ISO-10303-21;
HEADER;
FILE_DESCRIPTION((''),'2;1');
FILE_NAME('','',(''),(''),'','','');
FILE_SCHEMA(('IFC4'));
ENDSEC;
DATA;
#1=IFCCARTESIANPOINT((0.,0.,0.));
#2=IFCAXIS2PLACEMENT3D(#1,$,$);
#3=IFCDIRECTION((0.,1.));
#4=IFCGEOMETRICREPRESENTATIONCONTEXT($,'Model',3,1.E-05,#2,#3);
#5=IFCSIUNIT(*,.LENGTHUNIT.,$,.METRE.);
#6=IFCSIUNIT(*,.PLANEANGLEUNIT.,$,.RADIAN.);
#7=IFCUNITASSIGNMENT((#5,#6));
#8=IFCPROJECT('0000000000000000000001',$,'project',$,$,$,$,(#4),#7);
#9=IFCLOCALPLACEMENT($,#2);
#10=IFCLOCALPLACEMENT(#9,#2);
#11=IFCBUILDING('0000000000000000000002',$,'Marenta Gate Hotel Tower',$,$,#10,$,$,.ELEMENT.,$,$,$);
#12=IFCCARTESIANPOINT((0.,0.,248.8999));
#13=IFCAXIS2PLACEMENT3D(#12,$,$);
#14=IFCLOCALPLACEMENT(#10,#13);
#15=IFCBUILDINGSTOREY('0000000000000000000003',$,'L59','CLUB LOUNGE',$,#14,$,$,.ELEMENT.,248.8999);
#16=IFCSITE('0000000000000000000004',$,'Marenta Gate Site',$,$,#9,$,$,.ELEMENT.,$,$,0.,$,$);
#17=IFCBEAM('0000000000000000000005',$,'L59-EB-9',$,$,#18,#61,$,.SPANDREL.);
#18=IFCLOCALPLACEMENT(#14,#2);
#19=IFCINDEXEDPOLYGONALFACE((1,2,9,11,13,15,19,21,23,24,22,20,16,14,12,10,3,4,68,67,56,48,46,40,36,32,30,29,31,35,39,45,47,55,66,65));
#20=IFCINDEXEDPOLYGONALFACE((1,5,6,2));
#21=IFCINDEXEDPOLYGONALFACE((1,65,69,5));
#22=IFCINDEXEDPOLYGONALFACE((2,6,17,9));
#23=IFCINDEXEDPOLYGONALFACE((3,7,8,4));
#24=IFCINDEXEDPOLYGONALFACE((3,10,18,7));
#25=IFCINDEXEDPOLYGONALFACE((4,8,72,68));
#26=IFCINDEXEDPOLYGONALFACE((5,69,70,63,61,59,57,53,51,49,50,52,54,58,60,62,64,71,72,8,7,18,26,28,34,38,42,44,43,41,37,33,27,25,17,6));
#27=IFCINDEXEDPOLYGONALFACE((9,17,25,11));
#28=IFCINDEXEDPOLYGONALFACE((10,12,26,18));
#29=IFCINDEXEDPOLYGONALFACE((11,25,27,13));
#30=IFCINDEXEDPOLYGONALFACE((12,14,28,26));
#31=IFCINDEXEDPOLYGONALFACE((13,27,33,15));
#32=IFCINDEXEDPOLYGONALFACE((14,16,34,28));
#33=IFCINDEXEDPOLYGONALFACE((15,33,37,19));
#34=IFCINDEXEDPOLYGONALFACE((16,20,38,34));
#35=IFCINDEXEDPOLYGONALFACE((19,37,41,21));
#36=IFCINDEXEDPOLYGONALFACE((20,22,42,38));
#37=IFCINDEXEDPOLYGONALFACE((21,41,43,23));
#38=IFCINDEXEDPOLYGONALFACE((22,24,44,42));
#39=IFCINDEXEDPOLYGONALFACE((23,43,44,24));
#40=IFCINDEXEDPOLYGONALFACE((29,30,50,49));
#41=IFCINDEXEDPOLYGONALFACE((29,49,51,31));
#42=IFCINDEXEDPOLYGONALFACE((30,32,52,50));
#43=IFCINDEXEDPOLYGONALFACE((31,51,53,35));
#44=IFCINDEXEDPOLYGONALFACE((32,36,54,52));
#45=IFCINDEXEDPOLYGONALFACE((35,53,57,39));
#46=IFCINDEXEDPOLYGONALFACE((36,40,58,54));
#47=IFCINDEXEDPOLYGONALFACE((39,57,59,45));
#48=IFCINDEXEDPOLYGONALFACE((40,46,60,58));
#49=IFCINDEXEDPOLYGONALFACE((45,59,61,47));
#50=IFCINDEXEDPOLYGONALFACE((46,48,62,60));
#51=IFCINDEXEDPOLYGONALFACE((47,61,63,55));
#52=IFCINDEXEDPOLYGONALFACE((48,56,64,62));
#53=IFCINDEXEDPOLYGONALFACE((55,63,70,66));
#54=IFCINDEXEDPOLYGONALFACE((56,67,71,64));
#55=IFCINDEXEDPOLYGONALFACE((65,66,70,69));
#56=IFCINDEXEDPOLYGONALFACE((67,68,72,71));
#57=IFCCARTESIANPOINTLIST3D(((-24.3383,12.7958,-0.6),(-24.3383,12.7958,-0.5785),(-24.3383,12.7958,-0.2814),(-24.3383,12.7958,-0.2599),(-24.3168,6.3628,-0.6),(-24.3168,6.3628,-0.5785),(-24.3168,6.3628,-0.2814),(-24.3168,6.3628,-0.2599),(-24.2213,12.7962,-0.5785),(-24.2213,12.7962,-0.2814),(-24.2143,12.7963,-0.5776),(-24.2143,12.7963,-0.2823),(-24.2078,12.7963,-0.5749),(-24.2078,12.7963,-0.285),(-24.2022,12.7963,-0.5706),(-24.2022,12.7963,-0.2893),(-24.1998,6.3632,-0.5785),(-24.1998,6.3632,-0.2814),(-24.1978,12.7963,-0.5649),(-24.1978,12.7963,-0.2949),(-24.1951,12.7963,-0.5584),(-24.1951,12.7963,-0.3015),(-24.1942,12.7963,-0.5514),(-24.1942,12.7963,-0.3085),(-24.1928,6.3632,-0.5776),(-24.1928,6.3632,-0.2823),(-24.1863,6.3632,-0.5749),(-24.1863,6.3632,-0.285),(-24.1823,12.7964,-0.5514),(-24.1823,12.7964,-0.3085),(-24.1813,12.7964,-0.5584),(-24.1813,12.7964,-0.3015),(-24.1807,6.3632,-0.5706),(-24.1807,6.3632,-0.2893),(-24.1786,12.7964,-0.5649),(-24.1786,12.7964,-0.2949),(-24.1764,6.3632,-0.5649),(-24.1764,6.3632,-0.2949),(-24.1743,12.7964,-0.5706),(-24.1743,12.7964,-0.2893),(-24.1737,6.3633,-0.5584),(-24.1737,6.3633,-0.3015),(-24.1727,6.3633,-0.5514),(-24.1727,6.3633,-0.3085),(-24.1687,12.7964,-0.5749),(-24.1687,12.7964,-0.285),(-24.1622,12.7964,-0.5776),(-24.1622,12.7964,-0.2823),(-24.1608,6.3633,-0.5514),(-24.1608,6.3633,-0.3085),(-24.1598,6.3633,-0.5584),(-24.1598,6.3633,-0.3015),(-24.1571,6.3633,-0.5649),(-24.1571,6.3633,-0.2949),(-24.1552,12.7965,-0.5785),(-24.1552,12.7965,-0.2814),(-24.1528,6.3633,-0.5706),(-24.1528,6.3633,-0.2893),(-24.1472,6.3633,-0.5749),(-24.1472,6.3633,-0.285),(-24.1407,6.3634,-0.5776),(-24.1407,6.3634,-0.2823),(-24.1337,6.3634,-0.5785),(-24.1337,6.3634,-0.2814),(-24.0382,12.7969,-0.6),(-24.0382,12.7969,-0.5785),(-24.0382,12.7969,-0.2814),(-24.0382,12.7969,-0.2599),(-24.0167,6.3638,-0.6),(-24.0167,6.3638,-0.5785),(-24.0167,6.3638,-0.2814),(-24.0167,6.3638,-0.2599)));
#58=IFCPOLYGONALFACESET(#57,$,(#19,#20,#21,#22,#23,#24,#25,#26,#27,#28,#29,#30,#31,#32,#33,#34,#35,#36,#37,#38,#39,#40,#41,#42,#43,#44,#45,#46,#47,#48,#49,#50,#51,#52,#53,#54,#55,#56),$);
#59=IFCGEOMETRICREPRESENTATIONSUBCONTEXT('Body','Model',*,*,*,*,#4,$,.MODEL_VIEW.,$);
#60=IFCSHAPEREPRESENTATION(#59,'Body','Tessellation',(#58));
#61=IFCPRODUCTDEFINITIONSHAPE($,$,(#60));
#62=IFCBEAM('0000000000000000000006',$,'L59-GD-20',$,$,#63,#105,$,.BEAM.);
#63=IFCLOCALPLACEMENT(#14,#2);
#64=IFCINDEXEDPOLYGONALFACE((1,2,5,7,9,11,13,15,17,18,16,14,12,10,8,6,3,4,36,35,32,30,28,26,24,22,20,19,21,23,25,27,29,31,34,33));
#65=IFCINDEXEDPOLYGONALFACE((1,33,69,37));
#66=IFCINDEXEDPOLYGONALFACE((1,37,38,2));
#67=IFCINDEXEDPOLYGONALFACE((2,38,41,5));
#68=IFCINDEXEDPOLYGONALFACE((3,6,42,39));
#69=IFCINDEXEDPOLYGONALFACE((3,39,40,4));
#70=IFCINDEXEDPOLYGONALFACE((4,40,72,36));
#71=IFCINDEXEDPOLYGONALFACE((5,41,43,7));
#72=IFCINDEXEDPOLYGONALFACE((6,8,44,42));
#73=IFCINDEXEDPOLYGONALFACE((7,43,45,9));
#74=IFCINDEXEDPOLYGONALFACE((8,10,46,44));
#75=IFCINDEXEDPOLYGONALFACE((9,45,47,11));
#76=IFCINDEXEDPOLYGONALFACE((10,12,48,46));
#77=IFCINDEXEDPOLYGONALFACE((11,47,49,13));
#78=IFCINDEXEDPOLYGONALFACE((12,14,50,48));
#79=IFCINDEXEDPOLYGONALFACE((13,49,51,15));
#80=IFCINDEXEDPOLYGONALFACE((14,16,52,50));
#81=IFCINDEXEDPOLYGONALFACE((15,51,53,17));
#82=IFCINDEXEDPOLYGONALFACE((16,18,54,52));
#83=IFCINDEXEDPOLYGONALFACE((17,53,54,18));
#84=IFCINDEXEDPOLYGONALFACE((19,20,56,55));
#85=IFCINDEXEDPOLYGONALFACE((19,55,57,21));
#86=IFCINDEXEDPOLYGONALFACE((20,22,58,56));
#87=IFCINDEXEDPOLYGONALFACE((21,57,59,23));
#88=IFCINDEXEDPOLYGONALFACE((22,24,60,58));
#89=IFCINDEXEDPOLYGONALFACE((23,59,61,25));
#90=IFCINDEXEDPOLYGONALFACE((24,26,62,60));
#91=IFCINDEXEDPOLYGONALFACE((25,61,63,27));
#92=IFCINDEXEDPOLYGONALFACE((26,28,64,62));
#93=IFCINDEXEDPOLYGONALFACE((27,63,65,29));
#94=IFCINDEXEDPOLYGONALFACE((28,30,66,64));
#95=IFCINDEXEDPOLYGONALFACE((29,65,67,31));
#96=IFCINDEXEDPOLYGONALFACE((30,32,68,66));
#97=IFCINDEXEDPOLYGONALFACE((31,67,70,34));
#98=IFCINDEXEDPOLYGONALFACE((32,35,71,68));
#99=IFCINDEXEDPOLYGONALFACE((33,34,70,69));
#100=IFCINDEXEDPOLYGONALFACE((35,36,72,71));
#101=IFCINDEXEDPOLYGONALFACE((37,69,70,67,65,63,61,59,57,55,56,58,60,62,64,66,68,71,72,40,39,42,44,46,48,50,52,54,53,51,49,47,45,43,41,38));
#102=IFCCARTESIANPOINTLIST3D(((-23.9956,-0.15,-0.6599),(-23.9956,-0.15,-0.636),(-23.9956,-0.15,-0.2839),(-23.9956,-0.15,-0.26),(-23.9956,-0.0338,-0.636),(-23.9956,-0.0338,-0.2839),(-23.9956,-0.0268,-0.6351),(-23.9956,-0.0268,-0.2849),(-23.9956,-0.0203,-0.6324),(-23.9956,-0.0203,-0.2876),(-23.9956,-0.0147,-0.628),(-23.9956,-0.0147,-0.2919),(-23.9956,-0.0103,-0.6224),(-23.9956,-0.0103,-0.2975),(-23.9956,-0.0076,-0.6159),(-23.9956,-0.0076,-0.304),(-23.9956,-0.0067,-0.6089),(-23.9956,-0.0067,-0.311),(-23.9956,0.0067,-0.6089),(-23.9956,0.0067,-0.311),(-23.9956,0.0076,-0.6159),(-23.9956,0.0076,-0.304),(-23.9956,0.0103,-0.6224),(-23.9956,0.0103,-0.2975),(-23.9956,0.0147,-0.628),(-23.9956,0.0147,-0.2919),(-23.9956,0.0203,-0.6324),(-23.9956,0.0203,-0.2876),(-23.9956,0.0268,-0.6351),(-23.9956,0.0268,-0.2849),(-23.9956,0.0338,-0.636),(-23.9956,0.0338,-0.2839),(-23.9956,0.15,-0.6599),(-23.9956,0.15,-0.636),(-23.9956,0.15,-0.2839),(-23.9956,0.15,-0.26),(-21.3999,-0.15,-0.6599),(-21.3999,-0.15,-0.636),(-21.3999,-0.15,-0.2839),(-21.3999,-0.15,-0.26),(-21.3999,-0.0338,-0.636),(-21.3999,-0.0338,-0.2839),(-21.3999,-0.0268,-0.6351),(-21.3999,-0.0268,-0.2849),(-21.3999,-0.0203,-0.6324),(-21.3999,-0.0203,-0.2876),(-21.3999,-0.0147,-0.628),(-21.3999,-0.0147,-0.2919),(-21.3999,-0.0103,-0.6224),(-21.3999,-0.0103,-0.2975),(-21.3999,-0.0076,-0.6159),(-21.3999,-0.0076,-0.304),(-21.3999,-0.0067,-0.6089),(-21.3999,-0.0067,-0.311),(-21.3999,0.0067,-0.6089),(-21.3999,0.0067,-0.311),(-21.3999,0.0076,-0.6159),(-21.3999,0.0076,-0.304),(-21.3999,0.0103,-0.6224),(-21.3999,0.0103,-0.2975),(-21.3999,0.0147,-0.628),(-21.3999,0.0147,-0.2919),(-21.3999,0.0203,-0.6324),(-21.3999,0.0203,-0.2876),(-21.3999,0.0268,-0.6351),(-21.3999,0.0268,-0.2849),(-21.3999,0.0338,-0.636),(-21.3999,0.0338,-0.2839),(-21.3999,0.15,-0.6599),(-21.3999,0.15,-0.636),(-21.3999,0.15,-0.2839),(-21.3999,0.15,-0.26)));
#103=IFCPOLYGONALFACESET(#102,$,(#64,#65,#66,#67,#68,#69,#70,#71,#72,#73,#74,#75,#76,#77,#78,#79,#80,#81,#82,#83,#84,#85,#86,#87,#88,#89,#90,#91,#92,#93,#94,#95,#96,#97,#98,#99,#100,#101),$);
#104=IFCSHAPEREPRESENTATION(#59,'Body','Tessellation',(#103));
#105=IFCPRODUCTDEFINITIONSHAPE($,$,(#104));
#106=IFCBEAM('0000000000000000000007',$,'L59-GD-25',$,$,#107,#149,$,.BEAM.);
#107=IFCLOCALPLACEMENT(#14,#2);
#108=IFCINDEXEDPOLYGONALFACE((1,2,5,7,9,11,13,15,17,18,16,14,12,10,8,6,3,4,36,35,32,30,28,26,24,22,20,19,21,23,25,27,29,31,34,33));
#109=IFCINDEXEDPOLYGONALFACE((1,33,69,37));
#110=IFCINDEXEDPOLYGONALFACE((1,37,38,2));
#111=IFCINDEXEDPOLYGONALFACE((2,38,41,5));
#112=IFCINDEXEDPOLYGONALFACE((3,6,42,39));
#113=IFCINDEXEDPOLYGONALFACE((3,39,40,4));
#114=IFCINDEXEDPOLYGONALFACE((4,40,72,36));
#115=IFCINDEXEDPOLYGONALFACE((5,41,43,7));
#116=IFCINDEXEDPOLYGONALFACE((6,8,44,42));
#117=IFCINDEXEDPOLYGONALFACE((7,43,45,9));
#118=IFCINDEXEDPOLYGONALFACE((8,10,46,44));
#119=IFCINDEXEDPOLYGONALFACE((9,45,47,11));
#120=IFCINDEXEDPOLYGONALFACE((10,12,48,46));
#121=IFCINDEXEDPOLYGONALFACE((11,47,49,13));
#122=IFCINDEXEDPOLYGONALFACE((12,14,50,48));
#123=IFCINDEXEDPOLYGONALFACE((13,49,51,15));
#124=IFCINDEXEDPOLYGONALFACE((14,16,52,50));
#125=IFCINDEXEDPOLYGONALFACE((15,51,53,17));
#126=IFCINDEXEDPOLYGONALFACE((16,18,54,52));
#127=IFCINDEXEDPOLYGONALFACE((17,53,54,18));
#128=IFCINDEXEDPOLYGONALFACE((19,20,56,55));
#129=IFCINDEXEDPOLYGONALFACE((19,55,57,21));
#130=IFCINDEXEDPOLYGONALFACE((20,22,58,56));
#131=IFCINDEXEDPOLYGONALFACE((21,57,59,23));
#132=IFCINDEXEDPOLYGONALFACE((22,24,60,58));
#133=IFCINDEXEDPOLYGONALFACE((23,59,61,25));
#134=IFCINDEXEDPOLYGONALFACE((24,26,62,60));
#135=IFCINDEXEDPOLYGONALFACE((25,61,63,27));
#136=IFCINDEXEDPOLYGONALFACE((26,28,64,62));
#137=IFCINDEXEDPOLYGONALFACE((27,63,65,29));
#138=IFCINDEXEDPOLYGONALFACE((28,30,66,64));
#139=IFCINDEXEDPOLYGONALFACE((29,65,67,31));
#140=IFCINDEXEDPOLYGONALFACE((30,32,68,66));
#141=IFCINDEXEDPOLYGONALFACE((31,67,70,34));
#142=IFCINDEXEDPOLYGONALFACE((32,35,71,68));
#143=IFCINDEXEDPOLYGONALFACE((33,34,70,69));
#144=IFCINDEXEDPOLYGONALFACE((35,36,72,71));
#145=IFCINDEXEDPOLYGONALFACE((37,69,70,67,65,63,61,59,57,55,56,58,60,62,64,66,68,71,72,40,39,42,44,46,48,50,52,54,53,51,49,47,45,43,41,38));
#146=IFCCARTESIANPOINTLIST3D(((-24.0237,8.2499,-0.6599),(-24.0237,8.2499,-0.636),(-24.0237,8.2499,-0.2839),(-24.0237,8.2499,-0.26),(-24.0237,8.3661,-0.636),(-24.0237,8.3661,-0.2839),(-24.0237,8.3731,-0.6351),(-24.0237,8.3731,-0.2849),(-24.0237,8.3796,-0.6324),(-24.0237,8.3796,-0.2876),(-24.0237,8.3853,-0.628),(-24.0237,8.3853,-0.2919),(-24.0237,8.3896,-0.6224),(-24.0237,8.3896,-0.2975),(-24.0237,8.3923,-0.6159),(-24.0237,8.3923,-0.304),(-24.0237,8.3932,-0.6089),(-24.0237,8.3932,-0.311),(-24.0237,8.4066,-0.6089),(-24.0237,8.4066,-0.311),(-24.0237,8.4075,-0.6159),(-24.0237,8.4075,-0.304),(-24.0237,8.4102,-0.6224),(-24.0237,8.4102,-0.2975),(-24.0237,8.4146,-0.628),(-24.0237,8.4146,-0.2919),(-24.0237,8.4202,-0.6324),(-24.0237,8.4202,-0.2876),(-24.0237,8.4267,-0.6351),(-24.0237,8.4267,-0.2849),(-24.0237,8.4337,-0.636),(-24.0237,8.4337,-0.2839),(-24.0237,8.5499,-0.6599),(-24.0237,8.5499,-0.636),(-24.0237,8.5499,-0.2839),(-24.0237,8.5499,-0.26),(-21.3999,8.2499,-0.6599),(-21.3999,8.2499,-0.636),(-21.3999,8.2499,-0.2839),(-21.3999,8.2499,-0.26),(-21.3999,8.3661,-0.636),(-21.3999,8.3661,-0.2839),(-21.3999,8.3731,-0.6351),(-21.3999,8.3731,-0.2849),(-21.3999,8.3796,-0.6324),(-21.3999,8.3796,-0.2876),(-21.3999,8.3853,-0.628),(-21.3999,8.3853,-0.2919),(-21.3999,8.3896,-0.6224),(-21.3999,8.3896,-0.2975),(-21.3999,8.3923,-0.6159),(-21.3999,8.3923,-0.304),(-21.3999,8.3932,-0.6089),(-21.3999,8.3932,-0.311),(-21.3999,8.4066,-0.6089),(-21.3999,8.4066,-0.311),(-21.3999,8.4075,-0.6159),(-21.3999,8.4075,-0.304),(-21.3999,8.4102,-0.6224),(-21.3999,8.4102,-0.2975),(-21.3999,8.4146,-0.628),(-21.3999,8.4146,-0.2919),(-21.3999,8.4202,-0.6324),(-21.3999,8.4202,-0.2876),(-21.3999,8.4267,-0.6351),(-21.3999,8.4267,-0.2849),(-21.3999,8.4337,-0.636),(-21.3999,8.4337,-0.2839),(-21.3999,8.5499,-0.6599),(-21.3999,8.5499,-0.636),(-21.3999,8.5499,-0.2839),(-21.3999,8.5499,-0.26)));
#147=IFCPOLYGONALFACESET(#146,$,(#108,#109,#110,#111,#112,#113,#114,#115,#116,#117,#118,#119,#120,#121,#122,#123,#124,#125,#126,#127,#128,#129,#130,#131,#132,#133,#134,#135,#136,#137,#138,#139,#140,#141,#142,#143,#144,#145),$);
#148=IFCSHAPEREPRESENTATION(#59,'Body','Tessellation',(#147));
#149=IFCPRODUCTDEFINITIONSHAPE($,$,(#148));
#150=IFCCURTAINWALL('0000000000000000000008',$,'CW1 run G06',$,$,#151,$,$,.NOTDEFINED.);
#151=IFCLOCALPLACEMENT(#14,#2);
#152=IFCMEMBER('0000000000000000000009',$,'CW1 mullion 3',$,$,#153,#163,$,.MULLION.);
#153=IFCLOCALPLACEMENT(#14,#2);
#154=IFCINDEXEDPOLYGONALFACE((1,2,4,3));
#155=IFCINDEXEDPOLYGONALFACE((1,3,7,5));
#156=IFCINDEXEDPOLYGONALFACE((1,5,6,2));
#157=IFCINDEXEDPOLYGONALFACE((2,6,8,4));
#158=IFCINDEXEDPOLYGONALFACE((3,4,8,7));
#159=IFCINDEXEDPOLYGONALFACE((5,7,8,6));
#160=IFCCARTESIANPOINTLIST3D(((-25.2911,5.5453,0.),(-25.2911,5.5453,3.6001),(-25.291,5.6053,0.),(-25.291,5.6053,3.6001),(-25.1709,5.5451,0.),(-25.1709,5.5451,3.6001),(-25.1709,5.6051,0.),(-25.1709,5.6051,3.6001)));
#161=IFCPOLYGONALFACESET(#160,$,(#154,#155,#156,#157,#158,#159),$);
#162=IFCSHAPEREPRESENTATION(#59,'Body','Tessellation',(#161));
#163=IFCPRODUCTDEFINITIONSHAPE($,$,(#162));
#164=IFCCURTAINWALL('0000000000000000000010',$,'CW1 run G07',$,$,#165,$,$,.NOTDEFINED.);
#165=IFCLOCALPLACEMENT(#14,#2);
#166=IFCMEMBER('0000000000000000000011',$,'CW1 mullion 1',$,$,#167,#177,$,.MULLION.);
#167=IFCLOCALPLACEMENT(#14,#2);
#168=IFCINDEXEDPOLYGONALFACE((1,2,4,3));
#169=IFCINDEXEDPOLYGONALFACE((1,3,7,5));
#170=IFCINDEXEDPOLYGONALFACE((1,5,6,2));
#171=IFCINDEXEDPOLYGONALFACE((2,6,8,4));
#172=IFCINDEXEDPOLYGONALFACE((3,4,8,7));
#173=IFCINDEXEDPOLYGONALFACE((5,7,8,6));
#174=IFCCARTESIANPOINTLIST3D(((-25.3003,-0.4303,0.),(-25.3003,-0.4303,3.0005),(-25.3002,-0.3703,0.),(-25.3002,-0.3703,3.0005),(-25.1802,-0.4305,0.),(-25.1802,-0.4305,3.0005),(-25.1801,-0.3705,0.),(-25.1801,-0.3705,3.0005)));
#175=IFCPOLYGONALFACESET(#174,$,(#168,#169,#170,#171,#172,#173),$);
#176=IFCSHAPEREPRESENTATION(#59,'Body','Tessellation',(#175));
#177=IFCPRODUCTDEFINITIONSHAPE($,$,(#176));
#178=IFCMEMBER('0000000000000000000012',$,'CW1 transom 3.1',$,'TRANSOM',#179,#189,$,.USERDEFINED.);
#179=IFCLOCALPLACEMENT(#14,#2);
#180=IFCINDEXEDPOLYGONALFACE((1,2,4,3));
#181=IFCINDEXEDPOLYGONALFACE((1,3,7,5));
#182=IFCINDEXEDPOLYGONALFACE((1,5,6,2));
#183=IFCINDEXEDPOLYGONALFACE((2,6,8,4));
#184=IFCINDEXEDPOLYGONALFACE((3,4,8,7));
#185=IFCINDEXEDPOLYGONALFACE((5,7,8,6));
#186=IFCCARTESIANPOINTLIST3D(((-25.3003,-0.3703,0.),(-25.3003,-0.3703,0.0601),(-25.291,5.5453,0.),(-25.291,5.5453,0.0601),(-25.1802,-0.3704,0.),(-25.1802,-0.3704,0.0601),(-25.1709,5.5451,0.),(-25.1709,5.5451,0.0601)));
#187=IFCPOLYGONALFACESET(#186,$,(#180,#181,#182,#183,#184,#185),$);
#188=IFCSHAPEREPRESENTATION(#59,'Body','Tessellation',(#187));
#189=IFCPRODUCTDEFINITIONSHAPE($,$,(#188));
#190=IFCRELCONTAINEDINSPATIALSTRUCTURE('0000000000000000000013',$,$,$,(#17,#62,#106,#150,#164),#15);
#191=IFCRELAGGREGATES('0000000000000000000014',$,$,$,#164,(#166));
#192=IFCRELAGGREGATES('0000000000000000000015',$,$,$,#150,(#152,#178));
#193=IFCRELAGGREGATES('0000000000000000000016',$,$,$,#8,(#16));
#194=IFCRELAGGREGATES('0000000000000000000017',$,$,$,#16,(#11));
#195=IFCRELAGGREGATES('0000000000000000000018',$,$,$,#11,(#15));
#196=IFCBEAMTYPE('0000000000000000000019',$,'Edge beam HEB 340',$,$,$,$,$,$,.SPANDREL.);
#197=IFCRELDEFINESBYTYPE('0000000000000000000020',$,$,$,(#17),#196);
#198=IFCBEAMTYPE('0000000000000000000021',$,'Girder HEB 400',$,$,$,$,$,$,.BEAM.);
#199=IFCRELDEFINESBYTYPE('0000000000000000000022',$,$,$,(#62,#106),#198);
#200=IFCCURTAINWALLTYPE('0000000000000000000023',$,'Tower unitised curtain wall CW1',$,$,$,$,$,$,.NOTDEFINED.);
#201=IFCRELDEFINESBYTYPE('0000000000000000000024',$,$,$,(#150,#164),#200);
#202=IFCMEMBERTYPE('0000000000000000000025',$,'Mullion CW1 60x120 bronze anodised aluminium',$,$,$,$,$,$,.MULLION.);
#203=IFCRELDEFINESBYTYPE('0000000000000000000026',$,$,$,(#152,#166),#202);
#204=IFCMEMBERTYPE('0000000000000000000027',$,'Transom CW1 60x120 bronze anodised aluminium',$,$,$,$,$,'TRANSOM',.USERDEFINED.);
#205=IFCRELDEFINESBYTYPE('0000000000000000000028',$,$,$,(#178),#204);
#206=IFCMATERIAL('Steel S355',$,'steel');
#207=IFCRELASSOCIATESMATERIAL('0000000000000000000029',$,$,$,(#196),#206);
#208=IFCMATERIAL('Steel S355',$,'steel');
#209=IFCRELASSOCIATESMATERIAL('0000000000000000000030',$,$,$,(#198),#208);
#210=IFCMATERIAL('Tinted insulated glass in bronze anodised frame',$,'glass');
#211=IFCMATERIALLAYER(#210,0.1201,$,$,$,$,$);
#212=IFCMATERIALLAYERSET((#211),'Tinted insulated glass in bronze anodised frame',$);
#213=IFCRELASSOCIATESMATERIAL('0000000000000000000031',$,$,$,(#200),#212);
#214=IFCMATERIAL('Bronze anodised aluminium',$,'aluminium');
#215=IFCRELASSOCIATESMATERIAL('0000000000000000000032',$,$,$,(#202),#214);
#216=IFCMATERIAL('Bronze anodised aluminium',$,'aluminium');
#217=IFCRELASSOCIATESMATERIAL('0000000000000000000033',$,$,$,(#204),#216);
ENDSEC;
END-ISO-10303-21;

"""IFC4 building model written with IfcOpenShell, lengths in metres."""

from ifc_helpers import new_model, si_unit, direction, frame, origin, origin_2d, place, context, subcontext, project, spatial, rectangle, i_section, extrude, material, layer, layer_set, material_profile, profile_set, type_object, element, aggregate, save


model = new_model("IFC4")

# Units and contexts
model_context = context("Model", 3, precision=1e-05, world=origin(), true_north=direction((0.0, 1.0)))
body_context = subcontext(model_context, "Body", "Model", "MODEL_VIEW")
ifc_project = project(units=[si_unit("LENGTHUNIT", "METRE"), si_unit("PLANEANGLEUNIT", "RADIAN")], contexts=[model_context])

# Site, building, storey
site_placement = place(None, origin())
site = spatial("IfcSite", under=ifc_project, at=site_placement, Name="Marenta Gate Site", CompositionType="ELEMENT", RefElevation=0.0)
building_placement = place(site_placement, origin())
building = spatial("IfcBuilding", under=site, at=building_placement, Name="Marenta Gate Hotel Tower", CompositionType="ELEMENT")
storey_placement = place(building_placement, frame((0.0, 0.0, 248.8999)))
storey = spatial("IfcBuildingStorey", under=building, at=storey_placement, Name="L59", Description="CLUB LOUNGE", CompositionType="ELEMENT", Elevation=248.8999)

# Beams
ifc_material_1 = material(Name="Steel S355", Category="steel")
ifc_material_profile_1 = material_profile(ifc_material_1, i_section(OverallWidth=0.3, OverallDepth=0.3401, WebThickness=0.012, FlangeThickness=0.0215, FilletRadius=0.0271, at=origin_2d()), Name="HEB 340")
ifc_profile_set_1 = profile_set([ifc_material_profile_1], Name="Steel S355")
beam_type_1 = type_object("IfcBeamType", Name="Edge beam HEB 340", PredefinedType="SPANDREL", material=ifc_profile_set_1)
beam_1_placement = place(storey_placement, frame((-24.1667, 6.3633, -0.4299), z_axis=(-0.00334, 0.999994, 0.0), x_axis=(-0.999994, -0.00334, 0.0)))
element("IfcBeam", 1, at=beam_1_placement, inside=storey, type_object=beam_type_1, Name="L59-EB-9", PredefinedType="SPANDREL", context=body_context, shape_type="SweptSolid", body=[
    extrude(i_section(OverallWidth=0.3, OverallDepth=0.3401, WebThickness=0.012, FlangeThickness=0.0215, FilletRadius=0.0271, at=origin_2d()), origin(), (0.0, 0.0, 1.0), 6.4331),
])
ifc_material_2 = material(Name="Steel S355", Category="steel")
ifc_material_profile_2 = material_profile(ifc_material_2, i_section(OverallWidth=0.3, OverallDepth=0.3999, WebThickness=0.0134, FlangeThickness=0.0239, FilletRadius=0.0271, at=origin_2d()), Name="HEB 400")
ifc_profile_set_2 = profile_set([ifc_material_profile_2], Name="Steel S355")
beam_type_2 = type_object("IfcBeamType", Name="Girder HEB 400", PredefinedType="BEAM", material=ifc_profile_set_2)
beam_2_placement = place(storey_placement, frame((-23.9956, 0.0, -0.46), z_axis=(1.0, 0.0, 0.0), x_axis=(0.0, 1.0, 0.0)))
element("IfcBeam", 2, at=beam_2_placement, inside=storey, type_object=beam_type_2, Name="L59-GD-20", PredefinedType="BEAM", context=body_context, shape_type="SweptSolid", body=[
    extrude(i_section(OverallWidth=0.3, OverallDepth=0.3999, WebThickness=0.0134, FlangeThickness=0.0239, FilletRadius=0.0271, at=origin_2d()), origin(), (0.0, 0.0, 1.0), 2.5957),
])
beam_3_placement = place(storey_placement, frame((-24.0237, 8.3999, -0.46), z_axis=(1.0, 0.0, 0.0), x_axis=(0.0, 1.0, 0.0)))
element("IfcBeam", 3, at=beam_3_placement, inside=storey, type_object=beam_type_2, Name="L59-GD-25", PredefinedType="BEAM", context=body_context, shape_type="SweptSolid", body=[
    extrude(i_section(OverallWidth=0.3, OverallDepth=0.3999, WebThickness=0.0134, FlangeThickness=0.0239, FilletRadius=0.0271, at=origin_2d()), origin(), (0.0, 0.0, 1.0), 2.6238),
])

# Curtain walls, members
ifc_material_3 = material(Name="Tinted insulated glass in bronze anodised frame", Category="glass")
ifc_layer_1 = layer(ifc_material_3, 0.1201)
ifc_layer_set_1 = layer_set([ifc_layer_1], Name="Tinted insulated glass in bronze anodised frame")
curtain_wall_type = type_object("IfcCurtainWallType", Name="Tower unitised curtain wall CW1", PredefinedType="NOTDEFINED", material=ifc_layer_set_1)
curtain_wall_1_placement = place(storey_placement, origin())
curtain_wall_1 = element("IfcCurtainWall", 4, at=curtain_wall_1_placement, inside=storey, type_object=curtain_wall_type, Name="CW1 run G06", PredefinedType="NOTDEFINED")
ifc_material_4 = material(Name="Bronze anodised aluminium", Category="aluminium")
ifc_material_profile_3 = material_profile(ifc_material_4, rectangle(XDim=0.1201, YDim=0.0601, at=origin_2d()), Name="Mullion CW1 60x120 bronze anodised aluminium")
ifc_profile_set_3 = profile_set([ifc_material_profile_3], Name="Bronze anodised aluminium")
member_type_1 = type_object("IfcMemberType", Name="Mullion CW1 60x120 bronze anodised aluminium", PredefinedType="MULLION", material=ifc_profile_set_3)
member_1_placement = place(storey_placement, frame((-25.231, 5.5752, 0.0), z_axis=(0.0, 0.0, 1.0), x_axis=(0.999999, -0.00157, 0.0)))
member_1 = element("IfcMember", 5, at=member_1_placement, type_object=member_type_1, Name="CW1 mullion 3", PredefinedType="MULLION", context=body_context, shape_type="SweptSolid", body=[
    extrude(rectangle(XDim=0.1201, YDim=0.0601, at=origin_2d()), origin(), (0.0, 0.0, 1.0), 3.6001),
])
curtain_wall_2_placement = place(storey_placement, origin())
curtain_wall_2 = element("IfcCurtainWall", 6, at=curtain_wall_2_placement, inside=storey, type_object=curtain_wall_type, Name="CW1 run G07", PredefinedType="NOTDEFINED")
member_2_placement = place(storey_placement, frame((-25.2402, -0.4004, 0.0), z_axis=(0.0, 0.0, 1.0), x_axis=(0.999999, -0.001537, 0.0)))
member_2 = element("IfcMember", 7, at=member_2_placement, type_object=member_type_1, Name="CW1 mullion 1", PredefinedType="MULLION", context=body_context, shape_type="SweptSolid", body=[
    extrude(rectangle(XDim=0.1201, YDim=0.0601, at=origin_2d()), origin(), (0.0, 0.0, 1.0), 3.0005),
])
aggregate(curtain_wall_2, [member_2])

# Member
ifc_material_5 = material(Name="Bronze anodised aluminium", Category="aluminium")
ifc_material_profile_4 = material_profile(ifc_material_5, rectangle(XDim=0.1201, YDim=0.0601, at=origin_2d()), Name="Transom CW1 60x120 bronze anodised aluminium")
ifc_profile_set_4 = profile_set([ifc_material_profile_4], Name="Bronze anodised aluminium")
member_type_2 = type_object("IfcMemberType", Name="Transom CW1 60x120 bronze anodised aluminium", ElementType="TRANSOM", PredefinedType="USERDEFINED", material=ifc_profile_set_4)
member_3_placement = place(storey_placement, frame((-25.231, 5.5452, 0.03), z_axis=(-0.001568, -0.999999, 0.0), x_axis=(0.999999, -0.001568, 0.0)))
member_3 = element("IfcMember", 8, at=member_3_placement, type_object=member_type_2, Name="CW1 transom 3.1", ObjectType="TRANSOM", PredefinedType="USERDEFINED", context=body_context, shape_type="SweptSolid", body=[
    extrude(rectangle(XDim=0.1201, YDim=0.0601, at=origin_2d()), origin(), (0.0, 0.0, 1.0), 5.9155),
])

aggregate(curtain_wall_1, [member_1, member_3])

save(model, "model.ifc")
